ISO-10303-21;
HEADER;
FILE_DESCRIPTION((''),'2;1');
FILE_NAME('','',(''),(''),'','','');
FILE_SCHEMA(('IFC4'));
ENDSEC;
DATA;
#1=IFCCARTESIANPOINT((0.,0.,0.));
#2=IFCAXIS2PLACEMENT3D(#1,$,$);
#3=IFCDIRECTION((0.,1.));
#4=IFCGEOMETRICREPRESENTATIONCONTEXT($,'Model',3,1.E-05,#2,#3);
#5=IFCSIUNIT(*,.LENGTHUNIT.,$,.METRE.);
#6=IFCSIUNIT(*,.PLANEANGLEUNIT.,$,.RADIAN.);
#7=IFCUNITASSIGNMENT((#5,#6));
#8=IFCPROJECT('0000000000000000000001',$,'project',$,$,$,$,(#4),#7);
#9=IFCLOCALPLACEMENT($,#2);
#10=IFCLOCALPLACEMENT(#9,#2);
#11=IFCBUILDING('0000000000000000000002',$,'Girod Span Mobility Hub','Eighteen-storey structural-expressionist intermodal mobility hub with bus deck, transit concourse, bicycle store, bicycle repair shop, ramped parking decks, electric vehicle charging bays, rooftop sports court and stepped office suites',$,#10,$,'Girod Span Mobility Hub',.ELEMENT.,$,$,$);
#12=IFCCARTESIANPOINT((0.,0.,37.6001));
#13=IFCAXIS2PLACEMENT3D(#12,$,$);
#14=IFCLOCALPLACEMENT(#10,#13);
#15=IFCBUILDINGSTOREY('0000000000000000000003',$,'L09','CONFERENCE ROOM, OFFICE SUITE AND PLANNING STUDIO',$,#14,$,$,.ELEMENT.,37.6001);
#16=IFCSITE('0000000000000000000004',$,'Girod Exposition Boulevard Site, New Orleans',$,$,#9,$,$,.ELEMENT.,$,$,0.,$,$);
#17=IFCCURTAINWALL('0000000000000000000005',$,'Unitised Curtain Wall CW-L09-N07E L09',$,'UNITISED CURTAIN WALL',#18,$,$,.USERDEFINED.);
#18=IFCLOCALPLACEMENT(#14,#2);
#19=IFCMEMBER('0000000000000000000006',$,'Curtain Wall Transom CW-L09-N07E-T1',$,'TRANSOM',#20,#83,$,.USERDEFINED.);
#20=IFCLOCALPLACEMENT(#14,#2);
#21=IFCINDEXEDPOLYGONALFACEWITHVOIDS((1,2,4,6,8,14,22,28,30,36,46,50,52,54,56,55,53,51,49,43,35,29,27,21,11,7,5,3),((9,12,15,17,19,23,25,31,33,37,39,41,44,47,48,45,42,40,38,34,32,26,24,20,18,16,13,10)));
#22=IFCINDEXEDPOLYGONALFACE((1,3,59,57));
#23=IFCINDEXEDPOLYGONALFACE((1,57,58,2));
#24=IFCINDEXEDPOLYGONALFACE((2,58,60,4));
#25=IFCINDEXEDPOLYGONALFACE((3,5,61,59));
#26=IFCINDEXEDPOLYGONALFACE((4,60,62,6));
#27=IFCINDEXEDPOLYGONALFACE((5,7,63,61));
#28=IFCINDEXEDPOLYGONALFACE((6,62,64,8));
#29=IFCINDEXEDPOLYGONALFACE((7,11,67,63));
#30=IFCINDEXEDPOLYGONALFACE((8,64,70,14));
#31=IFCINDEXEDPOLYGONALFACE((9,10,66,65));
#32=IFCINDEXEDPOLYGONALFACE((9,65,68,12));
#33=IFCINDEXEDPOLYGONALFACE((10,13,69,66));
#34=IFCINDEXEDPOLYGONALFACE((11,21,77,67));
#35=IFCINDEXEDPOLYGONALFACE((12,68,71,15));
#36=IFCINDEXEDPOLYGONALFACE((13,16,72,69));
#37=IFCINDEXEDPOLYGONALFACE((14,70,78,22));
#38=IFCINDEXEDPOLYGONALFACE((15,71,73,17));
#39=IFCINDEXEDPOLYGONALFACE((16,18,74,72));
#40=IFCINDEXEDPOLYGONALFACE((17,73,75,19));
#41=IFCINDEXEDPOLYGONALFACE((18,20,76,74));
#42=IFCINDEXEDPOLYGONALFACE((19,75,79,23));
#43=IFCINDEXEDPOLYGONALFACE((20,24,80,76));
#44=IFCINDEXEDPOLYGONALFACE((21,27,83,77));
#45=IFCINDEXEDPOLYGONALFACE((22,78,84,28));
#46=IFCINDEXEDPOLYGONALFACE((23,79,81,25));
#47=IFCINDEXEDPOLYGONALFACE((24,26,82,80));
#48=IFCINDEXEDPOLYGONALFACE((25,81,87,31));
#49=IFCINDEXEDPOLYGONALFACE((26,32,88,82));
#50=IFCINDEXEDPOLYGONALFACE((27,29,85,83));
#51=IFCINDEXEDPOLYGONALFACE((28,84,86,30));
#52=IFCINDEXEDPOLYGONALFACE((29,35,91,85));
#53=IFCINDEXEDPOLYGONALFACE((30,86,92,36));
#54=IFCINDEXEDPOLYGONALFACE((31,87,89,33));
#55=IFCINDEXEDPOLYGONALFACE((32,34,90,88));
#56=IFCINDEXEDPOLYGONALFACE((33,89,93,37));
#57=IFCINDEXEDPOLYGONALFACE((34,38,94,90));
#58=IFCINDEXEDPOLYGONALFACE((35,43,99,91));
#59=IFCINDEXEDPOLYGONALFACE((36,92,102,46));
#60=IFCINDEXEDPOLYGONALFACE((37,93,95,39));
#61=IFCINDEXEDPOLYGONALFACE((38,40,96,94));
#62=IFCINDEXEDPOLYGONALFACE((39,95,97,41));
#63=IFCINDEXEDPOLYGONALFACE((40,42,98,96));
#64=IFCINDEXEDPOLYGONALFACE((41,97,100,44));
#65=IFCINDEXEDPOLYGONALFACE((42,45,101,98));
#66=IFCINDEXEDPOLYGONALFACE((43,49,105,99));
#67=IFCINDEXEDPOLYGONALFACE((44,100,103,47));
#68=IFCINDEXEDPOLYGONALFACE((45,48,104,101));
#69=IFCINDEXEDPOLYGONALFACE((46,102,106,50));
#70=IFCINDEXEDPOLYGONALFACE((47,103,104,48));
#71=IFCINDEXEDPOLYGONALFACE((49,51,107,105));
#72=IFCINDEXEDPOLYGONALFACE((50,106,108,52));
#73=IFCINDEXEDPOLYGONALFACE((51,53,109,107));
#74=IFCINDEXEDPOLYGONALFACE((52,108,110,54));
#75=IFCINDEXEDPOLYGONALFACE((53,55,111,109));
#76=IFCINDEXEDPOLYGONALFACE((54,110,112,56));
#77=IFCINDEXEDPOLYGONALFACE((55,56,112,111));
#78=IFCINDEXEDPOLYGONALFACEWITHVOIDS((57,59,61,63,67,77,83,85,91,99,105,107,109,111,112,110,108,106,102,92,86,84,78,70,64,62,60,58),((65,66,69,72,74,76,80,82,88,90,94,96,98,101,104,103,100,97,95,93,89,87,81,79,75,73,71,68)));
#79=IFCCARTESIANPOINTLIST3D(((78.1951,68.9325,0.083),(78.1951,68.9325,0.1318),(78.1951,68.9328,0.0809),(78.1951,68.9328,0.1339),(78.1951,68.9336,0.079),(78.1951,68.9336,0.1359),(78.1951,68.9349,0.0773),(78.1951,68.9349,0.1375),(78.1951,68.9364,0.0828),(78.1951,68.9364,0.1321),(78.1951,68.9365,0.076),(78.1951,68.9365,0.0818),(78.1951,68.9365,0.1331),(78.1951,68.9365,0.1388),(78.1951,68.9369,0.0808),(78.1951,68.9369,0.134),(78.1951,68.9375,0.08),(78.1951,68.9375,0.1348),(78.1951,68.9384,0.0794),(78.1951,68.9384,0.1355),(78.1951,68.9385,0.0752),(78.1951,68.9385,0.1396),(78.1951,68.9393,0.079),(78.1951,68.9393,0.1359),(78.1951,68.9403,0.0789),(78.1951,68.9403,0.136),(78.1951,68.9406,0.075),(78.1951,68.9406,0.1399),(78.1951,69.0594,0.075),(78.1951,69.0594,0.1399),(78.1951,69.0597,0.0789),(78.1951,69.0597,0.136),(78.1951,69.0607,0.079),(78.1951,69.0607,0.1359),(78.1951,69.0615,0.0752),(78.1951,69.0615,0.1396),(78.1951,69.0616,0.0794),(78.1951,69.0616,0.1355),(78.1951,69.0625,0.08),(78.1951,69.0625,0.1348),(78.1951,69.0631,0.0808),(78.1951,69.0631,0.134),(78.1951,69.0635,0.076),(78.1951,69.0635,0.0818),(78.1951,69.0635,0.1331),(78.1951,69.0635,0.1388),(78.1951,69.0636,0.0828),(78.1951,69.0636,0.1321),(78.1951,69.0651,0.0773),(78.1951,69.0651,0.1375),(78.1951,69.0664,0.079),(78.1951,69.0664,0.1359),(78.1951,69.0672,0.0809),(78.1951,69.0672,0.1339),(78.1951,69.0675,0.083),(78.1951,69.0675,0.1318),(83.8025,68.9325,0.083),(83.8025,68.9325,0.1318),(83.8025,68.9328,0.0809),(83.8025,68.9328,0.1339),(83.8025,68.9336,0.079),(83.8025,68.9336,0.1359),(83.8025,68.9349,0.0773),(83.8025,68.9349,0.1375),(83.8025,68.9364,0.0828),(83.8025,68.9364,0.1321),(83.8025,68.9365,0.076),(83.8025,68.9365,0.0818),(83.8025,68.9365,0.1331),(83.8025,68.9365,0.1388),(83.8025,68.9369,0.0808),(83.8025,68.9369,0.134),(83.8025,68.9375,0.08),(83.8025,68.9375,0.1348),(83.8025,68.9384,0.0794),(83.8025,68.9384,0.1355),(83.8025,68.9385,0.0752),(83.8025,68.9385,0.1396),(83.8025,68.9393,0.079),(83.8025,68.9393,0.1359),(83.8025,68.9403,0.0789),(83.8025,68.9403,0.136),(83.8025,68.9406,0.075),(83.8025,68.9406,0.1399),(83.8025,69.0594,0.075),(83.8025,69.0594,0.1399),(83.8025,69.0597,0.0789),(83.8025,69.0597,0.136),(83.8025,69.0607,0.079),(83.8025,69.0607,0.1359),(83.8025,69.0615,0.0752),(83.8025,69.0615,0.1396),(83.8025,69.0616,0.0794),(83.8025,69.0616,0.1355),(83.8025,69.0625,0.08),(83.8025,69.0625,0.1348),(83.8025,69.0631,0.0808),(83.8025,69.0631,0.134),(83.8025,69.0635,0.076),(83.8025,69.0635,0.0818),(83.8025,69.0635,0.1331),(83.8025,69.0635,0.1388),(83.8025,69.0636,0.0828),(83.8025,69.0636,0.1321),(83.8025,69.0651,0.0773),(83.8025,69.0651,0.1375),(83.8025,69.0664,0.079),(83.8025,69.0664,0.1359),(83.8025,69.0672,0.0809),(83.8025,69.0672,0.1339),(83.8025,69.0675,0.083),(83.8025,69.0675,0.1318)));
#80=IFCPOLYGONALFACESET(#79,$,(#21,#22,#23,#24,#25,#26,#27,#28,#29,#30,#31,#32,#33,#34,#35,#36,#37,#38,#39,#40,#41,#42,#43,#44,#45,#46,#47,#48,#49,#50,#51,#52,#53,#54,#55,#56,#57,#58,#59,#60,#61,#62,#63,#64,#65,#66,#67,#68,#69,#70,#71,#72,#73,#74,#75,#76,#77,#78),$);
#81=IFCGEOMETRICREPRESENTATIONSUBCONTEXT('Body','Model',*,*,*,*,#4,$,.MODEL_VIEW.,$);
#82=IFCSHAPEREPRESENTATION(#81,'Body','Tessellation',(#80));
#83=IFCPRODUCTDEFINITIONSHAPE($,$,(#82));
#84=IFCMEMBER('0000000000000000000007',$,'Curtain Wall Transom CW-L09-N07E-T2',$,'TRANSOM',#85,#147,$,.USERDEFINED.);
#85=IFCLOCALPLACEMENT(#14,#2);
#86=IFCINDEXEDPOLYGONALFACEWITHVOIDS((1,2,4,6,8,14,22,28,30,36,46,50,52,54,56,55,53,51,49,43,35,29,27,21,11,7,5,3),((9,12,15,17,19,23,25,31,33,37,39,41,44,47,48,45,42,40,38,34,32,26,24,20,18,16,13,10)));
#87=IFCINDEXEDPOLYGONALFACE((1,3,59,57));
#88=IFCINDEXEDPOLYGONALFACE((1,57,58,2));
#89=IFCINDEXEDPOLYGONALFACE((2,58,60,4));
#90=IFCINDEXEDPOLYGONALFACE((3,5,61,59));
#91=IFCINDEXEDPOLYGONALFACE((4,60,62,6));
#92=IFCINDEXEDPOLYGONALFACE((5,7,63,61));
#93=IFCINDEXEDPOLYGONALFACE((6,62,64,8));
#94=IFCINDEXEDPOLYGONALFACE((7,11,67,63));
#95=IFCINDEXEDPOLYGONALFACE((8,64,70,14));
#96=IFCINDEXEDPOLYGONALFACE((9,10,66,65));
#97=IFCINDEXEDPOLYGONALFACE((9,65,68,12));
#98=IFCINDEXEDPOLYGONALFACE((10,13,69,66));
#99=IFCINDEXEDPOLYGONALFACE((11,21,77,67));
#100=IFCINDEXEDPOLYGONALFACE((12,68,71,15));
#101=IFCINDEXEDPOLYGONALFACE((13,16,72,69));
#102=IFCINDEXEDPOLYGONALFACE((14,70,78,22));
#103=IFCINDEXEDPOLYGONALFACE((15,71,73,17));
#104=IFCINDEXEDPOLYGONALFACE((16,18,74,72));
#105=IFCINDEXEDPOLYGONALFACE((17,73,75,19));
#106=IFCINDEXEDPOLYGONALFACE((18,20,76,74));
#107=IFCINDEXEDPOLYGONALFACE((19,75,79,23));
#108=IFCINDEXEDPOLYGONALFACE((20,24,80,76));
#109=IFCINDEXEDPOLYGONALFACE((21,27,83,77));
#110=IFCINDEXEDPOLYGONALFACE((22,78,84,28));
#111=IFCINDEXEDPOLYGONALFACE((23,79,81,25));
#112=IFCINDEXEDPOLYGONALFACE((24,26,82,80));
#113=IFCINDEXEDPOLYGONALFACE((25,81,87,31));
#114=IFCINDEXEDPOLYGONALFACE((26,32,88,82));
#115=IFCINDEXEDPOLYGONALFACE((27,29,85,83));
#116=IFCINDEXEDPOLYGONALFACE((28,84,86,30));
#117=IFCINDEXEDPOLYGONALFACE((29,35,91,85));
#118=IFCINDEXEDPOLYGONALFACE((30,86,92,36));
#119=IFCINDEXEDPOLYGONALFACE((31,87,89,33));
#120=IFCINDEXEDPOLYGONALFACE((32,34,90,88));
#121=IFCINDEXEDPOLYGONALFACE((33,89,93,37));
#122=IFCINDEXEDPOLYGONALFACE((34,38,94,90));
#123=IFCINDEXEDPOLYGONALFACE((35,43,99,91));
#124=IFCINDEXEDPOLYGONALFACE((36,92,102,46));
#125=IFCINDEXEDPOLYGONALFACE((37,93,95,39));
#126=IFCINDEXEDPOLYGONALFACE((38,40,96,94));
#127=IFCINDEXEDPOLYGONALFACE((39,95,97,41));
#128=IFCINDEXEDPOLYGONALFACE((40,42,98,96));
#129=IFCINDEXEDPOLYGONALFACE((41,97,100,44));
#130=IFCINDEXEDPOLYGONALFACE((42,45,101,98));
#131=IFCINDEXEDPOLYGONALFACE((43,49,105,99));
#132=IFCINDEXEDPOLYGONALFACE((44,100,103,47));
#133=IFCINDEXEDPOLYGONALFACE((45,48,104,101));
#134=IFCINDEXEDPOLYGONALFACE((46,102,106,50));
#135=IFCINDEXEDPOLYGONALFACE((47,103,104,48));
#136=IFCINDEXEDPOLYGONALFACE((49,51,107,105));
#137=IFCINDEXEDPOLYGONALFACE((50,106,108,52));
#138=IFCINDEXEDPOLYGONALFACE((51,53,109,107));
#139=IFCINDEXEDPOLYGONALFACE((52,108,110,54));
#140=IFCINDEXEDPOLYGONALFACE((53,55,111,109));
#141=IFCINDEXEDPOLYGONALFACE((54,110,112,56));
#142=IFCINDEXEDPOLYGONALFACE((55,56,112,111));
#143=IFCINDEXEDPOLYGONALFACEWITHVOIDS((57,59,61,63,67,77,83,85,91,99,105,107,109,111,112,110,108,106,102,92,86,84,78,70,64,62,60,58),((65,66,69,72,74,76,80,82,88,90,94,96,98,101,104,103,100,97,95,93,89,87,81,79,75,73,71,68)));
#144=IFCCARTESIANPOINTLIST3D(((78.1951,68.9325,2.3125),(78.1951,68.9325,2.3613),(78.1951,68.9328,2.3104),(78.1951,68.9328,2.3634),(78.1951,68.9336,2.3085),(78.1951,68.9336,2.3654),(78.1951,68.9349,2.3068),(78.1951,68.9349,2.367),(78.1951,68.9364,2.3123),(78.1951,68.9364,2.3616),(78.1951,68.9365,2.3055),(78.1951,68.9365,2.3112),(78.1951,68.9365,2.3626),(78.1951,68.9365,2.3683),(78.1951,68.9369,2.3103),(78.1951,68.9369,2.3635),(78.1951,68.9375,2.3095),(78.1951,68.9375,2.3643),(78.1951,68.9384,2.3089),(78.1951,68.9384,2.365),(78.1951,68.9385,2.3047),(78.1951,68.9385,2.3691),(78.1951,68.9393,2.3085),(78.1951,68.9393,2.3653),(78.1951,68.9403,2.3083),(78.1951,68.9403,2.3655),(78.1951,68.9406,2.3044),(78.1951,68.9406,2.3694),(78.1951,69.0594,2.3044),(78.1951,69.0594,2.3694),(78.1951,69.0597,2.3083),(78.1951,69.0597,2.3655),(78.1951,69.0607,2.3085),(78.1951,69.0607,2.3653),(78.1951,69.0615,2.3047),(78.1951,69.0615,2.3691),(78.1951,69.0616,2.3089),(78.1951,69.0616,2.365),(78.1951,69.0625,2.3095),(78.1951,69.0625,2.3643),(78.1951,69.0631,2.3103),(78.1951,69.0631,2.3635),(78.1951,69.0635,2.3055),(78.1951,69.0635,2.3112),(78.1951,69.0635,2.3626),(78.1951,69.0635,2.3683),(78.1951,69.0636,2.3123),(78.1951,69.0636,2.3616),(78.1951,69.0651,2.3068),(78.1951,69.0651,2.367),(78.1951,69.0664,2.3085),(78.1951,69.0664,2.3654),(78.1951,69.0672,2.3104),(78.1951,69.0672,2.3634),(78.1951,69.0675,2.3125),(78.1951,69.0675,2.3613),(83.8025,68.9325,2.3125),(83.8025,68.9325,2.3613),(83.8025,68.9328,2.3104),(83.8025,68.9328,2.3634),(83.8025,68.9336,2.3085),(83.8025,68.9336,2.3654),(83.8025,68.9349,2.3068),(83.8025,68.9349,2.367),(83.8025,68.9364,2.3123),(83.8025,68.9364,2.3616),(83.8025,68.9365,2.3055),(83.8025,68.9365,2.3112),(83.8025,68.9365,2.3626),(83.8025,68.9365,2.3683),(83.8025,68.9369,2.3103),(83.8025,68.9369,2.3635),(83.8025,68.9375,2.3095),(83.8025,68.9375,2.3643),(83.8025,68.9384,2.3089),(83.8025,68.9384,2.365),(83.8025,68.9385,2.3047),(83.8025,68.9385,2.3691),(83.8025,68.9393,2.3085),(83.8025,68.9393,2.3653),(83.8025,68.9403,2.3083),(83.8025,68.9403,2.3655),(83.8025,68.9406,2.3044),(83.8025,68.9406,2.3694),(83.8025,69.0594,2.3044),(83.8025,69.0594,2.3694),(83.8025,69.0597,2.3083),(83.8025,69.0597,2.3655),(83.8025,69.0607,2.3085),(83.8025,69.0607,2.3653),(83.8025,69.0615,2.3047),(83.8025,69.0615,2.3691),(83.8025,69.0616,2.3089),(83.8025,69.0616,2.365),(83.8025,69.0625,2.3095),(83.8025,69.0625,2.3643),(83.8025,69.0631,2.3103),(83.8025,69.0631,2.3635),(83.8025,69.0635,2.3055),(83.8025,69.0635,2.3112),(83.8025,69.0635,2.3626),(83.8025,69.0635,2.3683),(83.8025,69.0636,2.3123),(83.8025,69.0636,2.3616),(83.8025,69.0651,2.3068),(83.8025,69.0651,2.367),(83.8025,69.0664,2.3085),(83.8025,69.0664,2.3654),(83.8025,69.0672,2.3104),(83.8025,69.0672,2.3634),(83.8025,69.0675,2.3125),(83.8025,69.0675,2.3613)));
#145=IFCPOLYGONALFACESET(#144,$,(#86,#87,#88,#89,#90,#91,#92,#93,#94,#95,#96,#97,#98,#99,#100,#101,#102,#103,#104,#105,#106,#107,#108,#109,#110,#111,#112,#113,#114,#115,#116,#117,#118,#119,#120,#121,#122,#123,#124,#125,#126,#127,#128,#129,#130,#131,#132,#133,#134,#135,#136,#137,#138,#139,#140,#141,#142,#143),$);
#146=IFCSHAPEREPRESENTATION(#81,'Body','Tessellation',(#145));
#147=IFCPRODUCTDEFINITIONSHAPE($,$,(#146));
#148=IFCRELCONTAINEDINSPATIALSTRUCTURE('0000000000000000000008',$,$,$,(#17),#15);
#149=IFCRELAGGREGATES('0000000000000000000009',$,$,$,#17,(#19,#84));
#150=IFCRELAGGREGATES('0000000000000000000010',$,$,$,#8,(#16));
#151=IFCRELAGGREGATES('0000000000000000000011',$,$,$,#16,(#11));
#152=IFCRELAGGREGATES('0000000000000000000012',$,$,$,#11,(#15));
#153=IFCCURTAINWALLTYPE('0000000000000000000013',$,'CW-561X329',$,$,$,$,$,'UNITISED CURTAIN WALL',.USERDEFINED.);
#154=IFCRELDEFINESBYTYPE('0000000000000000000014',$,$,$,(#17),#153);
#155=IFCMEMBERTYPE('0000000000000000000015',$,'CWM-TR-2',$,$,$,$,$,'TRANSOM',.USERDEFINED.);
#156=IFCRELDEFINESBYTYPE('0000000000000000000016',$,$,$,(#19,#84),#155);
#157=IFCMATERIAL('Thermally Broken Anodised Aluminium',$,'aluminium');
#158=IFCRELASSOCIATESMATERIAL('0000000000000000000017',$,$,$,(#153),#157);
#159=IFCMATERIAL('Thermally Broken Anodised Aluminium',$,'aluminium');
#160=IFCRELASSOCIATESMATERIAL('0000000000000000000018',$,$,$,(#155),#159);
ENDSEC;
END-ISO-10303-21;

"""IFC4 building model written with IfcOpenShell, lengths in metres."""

from ifc_helpers import new_model, si_unit, direction, frame, origin, origin_2d, place, context, subcontext, project, spatial, hollow_rectangle, extrude, material, material_profile, profile_set, type_object, element, aggregate, save


model = new_model("IFC4")

# Units and contexts
model_context = context("Model", 3, precision=1e-05, world=origin(), true_north=direction((0.0, 1.0)))
body_context = subcontext(model_context, "Body", "Model", "MODEL_VIEW")
ifc_project = project(units=[si_unit("LENGTHUNIT", "METRE"), si_unit("PLANEANGLEUNIT", "RADIAN")], contexts=[model_context])

# Site, building, storey
site_placement = place(None, origin())
site = spatial("IfcSite", under=ifc_project, at=site_placement, Name="Girod Exposition Boulevard Site, New Orleans", CompositionType="ELEMENT", RefElevation=0.0)
building_placement = place(site_placement, origin())
building = spatial("IfcBuilding", under=site, at=building_placement, Name="Girod Span Mobility Hub", Description="Eighteen-storey structural-expressionist intermodal mobility hub with bus deck, transit concourse, bicycle store, bicycle repair shop, ramped parking decks, electric vehicle charging bays, rooftop sports court and stepped office suites", LongName="Girod Span Mobility Hub", CompositionType="ELEMENT")
storey_placement = place(building_placement, frame((0.0, 0.0, 37.6001)))
storey = spatial("IfcBuildingStorey", under=building, at=storey_placement, Name="L09", Description="CONFERENCE ROOM, OFFICE SUITE AND PLANNING STUDIO", CompositionType="ELEMENT", Elevation=37.6001)

# Shared definitions
ifc_material_1 = material(Name="Thermally Broken Anodised Aluminium", Category="aluminium")
curtain_wall_type = type_object("IfcCurtainWallType", Name="CW-561X329", ElementType="UNITISED CURTAIN WALL", PredefinedType="USERDEFINED", material=ifc_material_1)

# Curtain wall
curtain_wall_1_placement = place(storey_placement, origin())
curtain_wall_1 = element("IfcCurtainWall", 1, at=curtain_wall_1_placement, inside=storey, type_object=curtain_wall_type, Name="Unitised Curtain Wall CW-L09-N07E L09", ObjectType="UNITISED CURTAIN WALL", PredefinedType="USERDEFINED")

# Members
ifc_material_2 = material(Name="Thermally Broken Anodised Aluminium", Category="aluminium")
ifc_material_profile_1 = material_profile(ifc_material_2, hollow_rectangle(XDim=0.135, YDim=0.0649, WallThickness=0.0039, InnerFilletRadius=0.0039, OuterFilletRadius=0.0081, at=origin_2d()), Name="CW-TR-65X135")
ifc_profile_set_1 = profile_set([ifc_material_profile_1], Name="Thermally Broken Anodised Aluminium")
member_type_1 = type_object("IfcMemberType", Name="CWM-TR-2", ElementType="TRANSOM", PredefinedType="USERDEFINED", material=ifc_profile_set_1)
member_1_placement = place(storey_placement, frame((78.1951, 69.0, 0.1074), z_axis=(1.0, 0.0, 0.0), x_axis=(0.0, 1.0, 0.0)))
member_1 = element("IfcMember", 2, at=member_1_placement, type_object=member_type_1, Name="Curtain Wall Transom CW-L09-N07E-T1", ObjectType="TRANSOM", PredefinedType="USERDEFINED", context=body_context, shape_type="SweptSolid", body=[
    extrude(hollow_rectangle(XDim=0.135, YDim=0.0649, WallThickness=0.0039, InnerFilletRadius=0.0039, OuterFilletRadius=0.0081, at=origin_2d()), origin(), (0.0, 0.0, 1.0), 5.6074),
])
member_2_placement = place(storey_placement, frame((78.1951, 69.0, 2.3369), z_axis=(1.0, 0.0, 0.0), x_axis=(0.0, 1.0, 0.0)))
member_2 = element("IfcMember", 3, at=member_2_placement, type_object=member_type_1, Name="Curtain Wall Transom CW-L09-N07E-T2", ObjectType="TRANSOM", PredefinedType="USERDEFINED", context=body_context, shape_type="SweptSolid", body=[
    extrude(hollow_rectangle(XDim=0.135, YDim=0.0649, WallThickness=0.0039, InnerFilletRadius=0.0039, OuterFilletRadius=0.0081, at=origin_2d()), origin(), (0.0, 0.0, 1.0), 5.6074),
])

aggregate(curtain_wall_1, [member_1, member_2])

save(model, "model.ifc")
